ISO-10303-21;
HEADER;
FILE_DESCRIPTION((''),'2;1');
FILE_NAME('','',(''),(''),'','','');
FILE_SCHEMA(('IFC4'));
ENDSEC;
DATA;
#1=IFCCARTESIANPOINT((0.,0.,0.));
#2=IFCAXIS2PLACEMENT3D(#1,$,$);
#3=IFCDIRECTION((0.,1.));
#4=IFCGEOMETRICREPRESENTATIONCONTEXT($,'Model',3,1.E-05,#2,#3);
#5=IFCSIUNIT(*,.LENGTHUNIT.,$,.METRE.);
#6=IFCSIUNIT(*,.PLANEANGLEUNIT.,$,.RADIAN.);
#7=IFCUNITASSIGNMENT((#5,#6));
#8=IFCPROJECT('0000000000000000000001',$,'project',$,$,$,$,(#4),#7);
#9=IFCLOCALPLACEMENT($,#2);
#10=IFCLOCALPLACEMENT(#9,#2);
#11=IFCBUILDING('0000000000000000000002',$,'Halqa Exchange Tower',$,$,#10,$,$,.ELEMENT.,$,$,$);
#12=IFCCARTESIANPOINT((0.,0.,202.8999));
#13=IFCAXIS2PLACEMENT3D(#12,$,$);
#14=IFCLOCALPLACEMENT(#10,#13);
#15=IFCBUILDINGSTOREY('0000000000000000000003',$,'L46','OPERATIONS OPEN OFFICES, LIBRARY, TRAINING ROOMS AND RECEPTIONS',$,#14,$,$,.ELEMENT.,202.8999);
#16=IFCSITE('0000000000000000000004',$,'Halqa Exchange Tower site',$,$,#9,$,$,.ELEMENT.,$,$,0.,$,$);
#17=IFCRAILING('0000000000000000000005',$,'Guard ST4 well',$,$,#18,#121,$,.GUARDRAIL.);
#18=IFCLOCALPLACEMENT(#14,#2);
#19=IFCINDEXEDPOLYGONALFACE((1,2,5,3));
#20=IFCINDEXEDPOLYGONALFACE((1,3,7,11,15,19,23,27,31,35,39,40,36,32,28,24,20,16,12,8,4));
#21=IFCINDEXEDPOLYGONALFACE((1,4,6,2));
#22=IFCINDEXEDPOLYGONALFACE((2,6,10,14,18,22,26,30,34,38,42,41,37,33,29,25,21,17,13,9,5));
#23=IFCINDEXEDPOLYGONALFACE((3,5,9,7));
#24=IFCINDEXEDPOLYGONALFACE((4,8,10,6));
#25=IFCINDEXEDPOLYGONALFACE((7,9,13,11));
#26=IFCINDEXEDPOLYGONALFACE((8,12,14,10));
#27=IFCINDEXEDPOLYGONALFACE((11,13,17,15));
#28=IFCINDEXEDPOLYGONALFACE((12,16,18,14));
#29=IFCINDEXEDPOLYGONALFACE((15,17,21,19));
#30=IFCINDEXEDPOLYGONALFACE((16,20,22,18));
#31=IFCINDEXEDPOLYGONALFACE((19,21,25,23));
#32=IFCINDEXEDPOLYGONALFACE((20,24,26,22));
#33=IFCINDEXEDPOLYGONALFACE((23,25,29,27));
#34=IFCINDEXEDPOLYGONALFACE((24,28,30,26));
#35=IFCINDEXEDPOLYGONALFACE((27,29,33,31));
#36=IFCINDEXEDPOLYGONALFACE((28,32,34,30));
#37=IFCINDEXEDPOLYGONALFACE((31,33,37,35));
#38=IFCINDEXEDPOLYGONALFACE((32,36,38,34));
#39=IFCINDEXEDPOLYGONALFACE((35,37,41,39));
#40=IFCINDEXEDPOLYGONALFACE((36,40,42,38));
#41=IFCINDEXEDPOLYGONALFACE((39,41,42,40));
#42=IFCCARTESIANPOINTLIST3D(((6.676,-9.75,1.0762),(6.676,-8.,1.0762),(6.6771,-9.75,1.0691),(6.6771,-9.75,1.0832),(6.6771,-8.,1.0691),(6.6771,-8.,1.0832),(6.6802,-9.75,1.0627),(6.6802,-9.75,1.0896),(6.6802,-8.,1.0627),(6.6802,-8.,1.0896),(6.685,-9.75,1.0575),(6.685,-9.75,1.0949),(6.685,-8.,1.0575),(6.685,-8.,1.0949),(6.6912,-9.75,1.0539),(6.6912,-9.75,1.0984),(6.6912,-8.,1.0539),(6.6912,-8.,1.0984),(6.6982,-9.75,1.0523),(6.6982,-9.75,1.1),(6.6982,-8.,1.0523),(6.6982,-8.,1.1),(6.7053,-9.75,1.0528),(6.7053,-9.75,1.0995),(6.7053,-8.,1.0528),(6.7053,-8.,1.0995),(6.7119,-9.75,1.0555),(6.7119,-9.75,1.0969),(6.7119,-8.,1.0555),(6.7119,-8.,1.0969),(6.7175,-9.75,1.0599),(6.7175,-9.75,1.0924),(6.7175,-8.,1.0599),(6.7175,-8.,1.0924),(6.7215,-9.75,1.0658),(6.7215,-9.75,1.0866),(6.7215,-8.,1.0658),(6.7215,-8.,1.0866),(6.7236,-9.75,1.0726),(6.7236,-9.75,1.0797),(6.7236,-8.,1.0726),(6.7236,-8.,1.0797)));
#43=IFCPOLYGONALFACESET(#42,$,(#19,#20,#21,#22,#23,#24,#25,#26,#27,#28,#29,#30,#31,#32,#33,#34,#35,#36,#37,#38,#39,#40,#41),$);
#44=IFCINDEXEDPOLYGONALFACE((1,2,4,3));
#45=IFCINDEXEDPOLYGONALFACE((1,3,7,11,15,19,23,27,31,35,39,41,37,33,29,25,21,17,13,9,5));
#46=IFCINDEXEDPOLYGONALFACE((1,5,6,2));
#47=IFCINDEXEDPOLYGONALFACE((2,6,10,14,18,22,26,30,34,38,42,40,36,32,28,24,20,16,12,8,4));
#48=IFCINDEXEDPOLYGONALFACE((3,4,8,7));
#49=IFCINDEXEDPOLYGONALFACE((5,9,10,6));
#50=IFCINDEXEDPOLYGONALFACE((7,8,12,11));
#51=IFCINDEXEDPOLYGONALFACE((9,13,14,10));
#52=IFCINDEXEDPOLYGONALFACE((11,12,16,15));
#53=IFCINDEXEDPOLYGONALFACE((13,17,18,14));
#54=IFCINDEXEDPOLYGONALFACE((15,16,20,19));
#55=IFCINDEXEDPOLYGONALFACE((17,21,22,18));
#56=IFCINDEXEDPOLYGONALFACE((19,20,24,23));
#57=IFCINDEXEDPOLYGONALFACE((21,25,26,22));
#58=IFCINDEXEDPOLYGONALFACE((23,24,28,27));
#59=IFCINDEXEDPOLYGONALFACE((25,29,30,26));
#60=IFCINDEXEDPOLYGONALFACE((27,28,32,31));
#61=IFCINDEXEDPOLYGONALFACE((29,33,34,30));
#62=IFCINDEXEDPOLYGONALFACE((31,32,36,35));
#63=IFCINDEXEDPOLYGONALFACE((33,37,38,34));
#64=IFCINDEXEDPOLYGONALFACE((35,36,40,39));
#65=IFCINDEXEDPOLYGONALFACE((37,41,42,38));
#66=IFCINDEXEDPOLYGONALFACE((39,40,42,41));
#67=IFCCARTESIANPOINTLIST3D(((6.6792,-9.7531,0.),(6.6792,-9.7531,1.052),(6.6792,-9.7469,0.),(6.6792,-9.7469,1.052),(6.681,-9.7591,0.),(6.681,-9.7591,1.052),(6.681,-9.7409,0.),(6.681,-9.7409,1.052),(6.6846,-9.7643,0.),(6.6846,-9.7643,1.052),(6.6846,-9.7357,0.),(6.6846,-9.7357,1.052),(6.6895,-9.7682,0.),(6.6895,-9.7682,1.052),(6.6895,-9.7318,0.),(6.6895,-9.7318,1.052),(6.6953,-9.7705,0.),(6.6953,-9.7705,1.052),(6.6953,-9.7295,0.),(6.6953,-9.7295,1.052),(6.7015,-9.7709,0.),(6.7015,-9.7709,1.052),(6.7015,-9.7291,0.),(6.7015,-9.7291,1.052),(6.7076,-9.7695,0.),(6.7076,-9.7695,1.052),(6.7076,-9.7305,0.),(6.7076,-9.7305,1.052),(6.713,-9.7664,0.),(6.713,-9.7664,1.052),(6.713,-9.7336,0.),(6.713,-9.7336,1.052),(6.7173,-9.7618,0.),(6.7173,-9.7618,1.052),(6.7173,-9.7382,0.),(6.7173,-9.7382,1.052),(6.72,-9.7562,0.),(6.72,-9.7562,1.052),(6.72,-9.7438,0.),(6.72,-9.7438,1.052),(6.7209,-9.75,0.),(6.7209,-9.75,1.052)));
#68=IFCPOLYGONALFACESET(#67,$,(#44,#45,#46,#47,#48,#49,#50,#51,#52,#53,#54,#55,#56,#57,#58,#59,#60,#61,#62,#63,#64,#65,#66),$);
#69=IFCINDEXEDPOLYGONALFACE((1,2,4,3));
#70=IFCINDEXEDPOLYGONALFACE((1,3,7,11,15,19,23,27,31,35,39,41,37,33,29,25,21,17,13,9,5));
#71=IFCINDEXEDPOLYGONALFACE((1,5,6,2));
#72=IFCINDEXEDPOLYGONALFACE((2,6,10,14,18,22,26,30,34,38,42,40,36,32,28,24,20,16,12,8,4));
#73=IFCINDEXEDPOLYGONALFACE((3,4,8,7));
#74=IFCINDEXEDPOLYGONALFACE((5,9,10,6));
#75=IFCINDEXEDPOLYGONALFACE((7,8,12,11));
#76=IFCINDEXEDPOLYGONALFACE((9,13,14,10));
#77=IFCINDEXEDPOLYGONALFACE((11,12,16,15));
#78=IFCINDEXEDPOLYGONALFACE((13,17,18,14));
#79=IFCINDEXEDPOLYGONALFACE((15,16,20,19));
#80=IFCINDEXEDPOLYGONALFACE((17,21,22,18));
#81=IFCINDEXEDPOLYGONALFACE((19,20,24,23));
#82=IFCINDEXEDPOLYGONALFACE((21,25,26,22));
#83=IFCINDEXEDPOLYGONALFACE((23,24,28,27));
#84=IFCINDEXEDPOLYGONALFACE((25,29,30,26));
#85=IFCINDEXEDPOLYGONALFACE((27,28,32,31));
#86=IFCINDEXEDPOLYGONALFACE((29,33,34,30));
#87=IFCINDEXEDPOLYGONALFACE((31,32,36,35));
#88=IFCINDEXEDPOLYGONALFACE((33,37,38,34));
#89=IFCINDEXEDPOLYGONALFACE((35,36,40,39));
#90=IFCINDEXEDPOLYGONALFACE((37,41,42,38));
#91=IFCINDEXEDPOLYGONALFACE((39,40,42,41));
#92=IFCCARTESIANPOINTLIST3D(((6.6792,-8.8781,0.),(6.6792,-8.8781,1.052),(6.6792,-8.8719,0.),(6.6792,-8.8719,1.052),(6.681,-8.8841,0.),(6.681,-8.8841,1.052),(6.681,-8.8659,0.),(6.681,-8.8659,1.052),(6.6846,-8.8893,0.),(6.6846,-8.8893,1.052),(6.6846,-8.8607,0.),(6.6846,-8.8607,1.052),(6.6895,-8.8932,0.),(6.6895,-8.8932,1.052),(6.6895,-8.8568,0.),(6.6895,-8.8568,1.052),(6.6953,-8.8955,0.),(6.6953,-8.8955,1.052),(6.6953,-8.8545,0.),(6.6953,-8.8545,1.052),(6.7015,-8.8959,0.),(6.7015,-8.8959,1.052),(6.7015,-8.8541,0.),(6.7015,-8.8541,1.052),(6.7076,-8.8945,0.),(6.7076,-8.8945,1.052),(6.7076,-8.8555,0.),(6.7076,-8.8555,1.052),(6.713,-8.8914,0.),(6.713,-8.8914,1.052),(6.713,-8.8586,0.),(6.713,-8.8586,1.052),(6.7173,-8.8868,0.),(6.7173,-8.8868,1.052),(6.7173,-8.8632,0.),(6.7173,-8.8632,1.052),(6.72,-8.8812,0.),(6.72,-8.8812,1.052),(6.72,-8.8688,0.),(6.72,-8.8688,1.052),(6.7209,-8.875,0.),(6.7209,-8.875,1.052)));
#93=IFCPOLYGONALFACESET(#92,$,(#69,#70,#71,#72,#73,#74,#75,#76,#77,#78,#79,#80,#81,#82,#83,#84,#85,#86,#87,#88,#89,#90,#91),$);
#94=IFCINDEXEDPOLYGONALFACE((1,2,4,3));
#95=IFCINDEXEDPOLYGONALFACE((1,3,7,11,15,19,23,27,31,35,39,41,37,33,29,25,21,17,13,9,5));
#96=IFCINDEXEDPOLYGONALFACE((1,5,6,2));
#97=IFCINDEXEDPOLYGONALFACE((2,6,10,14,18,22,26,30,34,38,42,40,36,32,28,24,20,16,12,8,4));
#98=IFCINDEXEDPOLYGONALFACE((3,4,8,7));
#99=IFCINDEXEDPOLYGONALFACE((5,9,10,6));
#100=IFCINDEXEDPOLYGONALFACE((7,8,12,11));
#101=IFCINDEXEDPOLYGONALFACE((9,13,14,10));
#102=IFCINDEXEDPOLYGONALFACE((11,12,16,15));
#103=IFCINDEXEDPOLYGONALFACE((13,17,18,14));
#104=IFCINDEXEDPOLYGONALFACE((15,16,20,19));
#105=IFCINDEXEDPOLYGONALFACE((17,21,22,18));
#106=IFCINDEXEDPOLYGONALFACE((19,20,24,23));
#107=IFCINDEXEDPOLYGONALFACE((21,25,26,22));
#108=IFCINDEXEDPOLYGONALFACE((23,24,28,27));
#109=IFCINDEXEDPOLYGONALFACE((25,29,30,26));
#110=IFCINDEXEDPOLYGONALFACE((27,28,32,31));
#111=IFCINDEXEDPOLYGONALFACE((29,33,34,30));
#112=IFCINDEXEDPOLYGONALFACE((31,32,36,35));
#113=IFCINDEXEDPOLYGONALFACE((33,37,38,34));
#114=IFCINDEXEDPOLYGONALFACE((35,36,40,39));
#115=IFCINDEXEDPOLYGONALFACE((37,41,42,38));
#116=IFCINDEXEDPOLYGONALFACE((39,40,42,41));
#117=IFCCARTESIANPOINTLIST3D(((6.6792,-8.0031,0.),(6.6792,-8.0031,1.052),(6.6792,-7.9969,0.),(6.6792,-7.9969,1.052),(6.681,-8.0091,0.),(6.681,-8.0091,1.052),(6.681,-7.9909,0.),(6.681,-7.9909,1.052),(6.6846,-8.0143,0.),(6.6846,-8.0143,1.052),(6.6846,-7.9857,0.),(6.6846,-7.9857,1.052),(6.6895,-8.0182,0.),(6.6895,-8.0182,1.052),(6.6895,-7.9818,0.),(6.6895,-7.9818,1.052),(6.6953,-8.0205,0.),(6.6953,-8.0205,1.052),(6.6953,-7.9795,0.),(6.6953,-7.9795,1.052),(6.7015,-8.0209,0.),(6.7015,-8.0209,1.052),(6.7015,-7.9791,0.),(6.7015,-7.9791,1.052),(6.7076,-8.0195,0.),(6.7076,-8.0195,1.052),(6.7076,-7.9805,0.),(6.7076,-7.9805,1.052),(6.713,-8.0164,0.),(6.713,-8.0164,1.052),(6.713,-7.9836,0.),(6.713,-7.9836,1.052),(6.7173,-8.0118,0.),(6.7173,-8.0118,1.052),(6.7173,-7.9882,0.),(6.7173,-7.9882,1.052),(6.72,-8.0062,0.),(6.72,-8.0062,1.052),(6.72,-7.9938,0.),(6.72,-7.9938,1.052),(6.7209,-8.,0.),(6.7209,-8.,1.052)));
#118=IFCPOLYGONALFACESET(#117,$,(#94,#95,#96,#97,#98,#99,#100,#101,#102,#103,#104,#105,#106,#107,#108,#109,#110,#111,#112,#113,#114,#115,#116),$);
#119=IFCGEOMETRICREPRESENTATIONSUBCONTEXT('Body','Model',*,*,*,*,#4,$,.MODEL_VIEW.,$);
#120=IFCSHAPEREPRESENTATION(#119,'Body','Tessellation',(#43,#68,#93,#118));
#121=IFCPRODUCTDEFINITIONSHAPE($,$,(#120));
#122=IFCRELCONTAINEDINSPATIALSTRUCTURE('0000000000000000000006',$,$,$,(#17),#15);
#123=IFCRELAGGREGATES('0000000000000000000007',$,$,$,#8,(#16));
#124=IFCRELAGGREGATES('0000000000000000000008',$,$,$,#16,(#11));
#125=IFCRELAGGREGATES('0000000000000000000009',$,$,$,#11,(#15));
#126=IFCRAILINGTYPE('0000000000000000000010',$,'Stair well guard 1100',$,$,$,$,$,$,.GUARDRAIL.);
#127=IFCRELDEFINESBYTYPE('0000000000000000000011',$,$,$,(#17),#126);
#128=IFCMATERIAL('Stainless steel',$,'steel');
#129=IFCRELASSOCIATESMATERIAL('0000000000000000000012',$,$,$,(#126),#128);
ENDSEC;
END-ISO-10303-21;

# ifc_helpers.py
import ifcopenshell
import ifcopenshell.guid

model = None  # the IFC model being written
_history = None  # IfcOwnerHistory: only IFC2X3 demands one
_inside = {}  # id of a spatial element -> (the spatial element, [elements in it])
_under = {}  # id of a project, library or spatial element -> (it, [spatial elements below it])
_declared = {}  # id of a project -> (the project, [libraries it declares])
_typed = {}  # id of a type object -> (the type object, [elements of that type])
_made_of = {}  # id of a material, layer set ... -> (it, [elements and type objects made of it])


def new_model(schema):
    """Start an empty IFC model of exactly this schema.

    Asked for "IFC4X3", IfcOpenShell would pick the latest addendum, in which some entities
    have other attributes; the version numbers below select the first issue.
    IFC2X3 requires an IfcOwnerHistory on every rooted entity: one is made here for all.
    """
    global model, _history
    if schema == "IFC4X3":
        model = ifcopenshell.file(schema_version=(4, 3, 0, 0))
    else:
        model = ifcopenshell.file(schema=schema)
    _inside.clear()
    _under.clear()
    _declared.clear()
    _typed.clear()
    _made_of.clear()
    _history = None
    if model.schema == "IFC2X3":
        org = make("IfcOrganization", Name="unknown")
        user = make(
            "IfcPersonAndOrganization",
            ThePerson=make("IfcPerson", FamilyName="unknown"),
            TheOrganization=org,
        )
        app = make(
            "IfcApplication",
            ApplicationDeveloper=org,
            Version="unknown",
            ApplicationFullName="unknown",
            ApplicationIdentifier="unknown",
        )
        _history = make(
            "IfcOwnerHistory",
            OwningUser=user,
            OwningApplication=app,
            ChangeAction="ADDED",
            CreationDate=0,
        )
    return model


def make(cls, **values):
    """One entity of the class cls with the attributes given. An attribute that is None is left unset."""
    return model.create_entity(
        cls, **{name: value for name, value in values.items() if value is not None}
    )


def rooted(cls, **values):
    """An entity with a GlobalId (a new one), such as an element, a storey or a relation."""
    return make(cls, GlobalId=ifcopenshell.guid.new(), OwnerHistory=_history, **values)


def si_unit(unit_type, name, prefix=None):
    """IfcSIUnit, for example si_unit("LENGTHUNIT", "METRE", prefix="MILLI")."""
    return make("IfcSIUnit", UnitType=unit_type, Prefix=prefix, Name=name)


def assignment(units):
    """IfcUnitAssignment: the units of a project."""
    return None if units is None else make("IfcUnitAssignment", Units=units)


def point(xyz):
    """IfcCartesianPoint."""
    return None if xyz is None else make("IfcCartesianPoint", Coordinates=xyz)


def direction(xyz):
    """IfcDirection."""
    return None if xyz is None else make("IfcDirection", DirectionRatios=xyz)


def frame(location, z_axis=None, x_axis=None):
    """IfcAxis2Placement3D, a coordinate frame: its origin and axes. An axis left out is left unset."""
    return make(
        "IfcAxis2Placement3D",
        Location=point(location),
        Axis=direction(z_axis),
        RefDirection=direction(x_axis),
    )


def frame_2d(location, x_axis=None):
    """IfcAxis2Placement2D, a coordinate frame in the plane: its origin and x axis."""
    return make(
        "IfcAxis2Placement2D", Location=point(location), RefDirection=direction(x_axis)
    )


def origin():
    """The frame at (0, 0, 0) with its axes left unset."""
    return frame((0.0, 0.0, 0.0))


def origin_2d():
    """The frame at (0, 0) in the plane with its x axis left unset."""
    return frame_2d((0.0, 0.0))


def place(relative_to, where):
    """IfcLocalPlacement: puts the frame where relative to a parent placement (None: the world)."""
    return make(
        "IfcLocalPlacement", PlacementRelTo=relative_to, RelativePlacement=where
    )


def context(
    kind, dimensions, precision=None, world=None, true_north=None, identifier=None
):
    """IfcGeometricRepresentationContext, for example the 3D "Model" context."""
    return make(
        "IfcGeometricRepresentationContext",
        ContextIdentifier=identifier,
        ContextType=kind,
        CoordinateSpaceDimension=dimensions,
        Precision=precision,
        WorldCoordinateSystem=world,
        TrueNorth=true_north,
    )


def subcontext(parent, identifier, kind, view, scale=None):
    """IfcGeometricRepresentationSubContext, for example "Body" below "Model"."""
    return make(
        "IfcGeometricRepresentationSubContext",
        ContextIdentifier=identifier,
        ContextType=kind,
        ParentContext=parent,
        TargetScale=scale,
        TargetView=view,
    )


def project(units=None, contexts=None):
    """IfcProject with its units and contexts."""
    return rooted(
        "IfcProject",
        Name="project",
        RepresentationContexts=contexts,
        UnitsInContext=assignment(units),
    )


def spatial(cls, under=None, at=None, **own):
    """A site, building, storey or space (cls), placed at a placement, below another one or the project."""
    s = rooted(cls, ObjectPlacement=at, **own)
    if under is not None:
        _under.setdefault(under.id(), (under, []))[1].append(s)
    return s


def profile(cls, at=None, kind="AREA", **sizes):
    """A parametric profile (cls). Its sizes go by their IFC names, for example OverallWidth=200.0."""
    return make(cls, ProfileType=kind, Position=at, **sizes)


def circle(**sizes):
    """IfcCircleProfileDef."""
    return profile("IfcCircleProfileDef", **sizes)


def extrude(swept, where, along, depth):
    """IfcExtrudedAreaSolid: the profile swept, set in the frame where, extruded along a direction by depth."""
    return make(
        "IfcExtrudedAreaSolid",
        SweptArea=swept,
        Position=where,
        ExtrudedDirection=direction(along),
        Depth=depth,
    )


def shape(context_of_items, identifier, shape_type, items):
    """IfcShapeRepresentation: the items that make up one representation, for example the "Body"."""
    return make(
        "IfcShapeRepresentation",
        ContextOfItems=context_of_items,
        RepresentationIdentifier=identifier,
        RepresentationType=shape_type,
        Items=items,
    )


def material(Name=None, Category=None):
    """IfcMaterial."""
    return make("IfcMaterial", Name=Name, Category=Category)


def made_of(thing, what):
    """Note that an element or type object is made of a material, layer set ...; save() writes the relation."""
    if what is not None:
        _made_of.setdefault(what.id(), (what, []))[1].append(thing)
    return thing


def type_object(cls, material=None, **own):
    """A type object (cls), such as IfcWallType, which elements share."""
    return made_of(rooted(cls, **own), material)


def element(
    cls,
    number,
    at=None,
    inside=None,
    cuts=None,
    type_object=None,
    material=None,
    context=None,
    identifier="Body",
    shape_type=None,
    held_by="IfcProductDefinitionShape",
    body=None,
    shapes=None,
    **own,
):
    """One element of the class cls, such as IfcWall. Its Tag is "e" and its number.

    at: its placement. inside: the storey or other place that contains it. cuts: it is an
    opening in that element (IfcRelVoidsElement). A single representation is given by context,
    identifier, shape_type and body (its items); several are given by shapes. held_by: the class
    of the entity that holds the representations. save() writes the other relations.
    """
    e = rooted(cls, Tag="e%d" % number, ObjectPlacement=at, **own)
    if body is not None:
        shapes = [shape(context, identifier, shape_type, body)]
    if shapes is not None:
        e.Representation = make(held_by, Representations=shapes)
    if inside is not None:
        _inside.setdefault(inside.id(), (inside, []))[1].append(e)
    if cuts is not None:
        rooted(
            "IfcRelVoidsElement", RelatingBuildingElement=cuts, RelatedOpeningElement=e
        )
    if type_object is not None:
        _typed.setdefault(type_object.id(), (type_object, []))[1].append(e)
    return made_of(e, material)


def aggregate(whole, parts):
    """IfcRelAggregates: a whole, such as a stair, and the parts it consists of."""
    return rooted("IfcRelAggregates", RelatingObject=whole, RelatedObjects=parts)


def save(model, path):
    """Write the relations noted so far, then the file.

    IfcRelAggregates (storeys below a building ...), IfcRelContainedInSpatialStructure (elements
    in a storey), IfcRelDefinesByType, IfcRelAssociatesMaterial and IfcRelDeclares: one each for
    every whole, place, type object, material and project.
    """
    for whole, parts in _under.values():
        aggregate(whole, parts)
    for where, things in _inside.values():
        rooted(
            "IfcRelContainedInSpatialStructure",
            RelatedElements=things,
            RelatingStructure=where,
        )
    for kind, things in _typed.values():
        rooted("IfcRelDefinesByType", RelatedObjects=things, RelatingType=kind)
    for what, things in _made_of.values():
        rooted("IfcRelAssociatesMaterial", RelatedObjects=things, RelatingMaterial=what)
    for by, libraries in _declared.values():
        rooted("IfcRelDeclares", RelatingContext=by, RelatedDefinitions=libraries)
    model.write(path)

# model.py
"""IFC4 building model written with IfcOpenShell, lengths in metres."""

from ifc_helpers import new_model, si_unit, direction, frame, origin, origin_2d, place, context, subcontext, project, spatial, circle, extrude, material, type_object, element, save


model = new_model("IFC4")

# Units and contexts
model_context = context("Model", 3, precision=1e-05, world=origin(), true_north=direction((0.0, 1.0)))
body_context = subcontext(model_context, "Body", "Model", "MODEL_VIEW")
ifc_project = project(units=[si_unit("LENGTHUNIT", "METRE"), si_unit("PLANEANGLEUNIT", "RADIAN")], contexts=[model_context])

# Site, building, storey
site_placement = place(None, origin())
site = spatial("IfcSite", under=ifc_project, at=site_placement, Name="Halqa Exchange Tower site", CompositionType="ELEMENT", RefElevation=0.0)
building_placement = place(site_placement, origin())
building = spatial("IfcBuilding", under=site, at=building_placement, Name="Halqa Exchange Tower", CompositionType="ELEMENT")
storey_placement = place(building_placement, frame((0.0, 0.0, 202.8999)))
storey = spatial("IfcBuildingStorey", under=building, at=storey_placement, Name="L46", Description="OPERATIONS OPEN OFFICES, LIBRARY, TRAINING ROOMS AND RECEPTIONS", CompositionType="ELEMENT", Elevation=202.8999)

# Railing
ifc_material_1 = material(Name="Stainless steel", Category="steel")
railing_type_1 = type_object("IfcRailingType", Name="Stair well guard 1100", PredefinedType="GUARDRAIL", material=ifc_material_1)
railing_1_placement = place(storey_placement, frame((6.7, -9.75, 0.0)))
element("IfcRailing", 1, at=railing_1_placement, inside=storey, type_object=railing_type_1, Name="Guard ST4 well", PredefinedType="GUARDRAIL", context=body_context, shape_type="SweptSolid", body=[
    extrude(circle(Radius=0.0239, at=origin_2d()), frame((0.0, 0.0, 1.0762), z_axis=(0.0, 1.0, 0.0), x_axis=(-1.0, 0.0, 0.0)), (0.0, 0.0, 1.0), 1.75),
    extrude(circle(Radius=0.021, at=origin_2d()), origin(), (0.0, 0.0, 1.0), 1.052),
    extrude(circle(Radius=0.021, at=origin_2d()), frame((0.0, 0.875, 0.0)), (0.0, 0.0, 1.0), 1.052),
    extrude(circle(Radius=0.021, at=origin_2d()), frame((0.0, 1.75, 0.0)), (0.0, 0.0, 1.0), 1.052),
])

save(model, "model.ifc")
